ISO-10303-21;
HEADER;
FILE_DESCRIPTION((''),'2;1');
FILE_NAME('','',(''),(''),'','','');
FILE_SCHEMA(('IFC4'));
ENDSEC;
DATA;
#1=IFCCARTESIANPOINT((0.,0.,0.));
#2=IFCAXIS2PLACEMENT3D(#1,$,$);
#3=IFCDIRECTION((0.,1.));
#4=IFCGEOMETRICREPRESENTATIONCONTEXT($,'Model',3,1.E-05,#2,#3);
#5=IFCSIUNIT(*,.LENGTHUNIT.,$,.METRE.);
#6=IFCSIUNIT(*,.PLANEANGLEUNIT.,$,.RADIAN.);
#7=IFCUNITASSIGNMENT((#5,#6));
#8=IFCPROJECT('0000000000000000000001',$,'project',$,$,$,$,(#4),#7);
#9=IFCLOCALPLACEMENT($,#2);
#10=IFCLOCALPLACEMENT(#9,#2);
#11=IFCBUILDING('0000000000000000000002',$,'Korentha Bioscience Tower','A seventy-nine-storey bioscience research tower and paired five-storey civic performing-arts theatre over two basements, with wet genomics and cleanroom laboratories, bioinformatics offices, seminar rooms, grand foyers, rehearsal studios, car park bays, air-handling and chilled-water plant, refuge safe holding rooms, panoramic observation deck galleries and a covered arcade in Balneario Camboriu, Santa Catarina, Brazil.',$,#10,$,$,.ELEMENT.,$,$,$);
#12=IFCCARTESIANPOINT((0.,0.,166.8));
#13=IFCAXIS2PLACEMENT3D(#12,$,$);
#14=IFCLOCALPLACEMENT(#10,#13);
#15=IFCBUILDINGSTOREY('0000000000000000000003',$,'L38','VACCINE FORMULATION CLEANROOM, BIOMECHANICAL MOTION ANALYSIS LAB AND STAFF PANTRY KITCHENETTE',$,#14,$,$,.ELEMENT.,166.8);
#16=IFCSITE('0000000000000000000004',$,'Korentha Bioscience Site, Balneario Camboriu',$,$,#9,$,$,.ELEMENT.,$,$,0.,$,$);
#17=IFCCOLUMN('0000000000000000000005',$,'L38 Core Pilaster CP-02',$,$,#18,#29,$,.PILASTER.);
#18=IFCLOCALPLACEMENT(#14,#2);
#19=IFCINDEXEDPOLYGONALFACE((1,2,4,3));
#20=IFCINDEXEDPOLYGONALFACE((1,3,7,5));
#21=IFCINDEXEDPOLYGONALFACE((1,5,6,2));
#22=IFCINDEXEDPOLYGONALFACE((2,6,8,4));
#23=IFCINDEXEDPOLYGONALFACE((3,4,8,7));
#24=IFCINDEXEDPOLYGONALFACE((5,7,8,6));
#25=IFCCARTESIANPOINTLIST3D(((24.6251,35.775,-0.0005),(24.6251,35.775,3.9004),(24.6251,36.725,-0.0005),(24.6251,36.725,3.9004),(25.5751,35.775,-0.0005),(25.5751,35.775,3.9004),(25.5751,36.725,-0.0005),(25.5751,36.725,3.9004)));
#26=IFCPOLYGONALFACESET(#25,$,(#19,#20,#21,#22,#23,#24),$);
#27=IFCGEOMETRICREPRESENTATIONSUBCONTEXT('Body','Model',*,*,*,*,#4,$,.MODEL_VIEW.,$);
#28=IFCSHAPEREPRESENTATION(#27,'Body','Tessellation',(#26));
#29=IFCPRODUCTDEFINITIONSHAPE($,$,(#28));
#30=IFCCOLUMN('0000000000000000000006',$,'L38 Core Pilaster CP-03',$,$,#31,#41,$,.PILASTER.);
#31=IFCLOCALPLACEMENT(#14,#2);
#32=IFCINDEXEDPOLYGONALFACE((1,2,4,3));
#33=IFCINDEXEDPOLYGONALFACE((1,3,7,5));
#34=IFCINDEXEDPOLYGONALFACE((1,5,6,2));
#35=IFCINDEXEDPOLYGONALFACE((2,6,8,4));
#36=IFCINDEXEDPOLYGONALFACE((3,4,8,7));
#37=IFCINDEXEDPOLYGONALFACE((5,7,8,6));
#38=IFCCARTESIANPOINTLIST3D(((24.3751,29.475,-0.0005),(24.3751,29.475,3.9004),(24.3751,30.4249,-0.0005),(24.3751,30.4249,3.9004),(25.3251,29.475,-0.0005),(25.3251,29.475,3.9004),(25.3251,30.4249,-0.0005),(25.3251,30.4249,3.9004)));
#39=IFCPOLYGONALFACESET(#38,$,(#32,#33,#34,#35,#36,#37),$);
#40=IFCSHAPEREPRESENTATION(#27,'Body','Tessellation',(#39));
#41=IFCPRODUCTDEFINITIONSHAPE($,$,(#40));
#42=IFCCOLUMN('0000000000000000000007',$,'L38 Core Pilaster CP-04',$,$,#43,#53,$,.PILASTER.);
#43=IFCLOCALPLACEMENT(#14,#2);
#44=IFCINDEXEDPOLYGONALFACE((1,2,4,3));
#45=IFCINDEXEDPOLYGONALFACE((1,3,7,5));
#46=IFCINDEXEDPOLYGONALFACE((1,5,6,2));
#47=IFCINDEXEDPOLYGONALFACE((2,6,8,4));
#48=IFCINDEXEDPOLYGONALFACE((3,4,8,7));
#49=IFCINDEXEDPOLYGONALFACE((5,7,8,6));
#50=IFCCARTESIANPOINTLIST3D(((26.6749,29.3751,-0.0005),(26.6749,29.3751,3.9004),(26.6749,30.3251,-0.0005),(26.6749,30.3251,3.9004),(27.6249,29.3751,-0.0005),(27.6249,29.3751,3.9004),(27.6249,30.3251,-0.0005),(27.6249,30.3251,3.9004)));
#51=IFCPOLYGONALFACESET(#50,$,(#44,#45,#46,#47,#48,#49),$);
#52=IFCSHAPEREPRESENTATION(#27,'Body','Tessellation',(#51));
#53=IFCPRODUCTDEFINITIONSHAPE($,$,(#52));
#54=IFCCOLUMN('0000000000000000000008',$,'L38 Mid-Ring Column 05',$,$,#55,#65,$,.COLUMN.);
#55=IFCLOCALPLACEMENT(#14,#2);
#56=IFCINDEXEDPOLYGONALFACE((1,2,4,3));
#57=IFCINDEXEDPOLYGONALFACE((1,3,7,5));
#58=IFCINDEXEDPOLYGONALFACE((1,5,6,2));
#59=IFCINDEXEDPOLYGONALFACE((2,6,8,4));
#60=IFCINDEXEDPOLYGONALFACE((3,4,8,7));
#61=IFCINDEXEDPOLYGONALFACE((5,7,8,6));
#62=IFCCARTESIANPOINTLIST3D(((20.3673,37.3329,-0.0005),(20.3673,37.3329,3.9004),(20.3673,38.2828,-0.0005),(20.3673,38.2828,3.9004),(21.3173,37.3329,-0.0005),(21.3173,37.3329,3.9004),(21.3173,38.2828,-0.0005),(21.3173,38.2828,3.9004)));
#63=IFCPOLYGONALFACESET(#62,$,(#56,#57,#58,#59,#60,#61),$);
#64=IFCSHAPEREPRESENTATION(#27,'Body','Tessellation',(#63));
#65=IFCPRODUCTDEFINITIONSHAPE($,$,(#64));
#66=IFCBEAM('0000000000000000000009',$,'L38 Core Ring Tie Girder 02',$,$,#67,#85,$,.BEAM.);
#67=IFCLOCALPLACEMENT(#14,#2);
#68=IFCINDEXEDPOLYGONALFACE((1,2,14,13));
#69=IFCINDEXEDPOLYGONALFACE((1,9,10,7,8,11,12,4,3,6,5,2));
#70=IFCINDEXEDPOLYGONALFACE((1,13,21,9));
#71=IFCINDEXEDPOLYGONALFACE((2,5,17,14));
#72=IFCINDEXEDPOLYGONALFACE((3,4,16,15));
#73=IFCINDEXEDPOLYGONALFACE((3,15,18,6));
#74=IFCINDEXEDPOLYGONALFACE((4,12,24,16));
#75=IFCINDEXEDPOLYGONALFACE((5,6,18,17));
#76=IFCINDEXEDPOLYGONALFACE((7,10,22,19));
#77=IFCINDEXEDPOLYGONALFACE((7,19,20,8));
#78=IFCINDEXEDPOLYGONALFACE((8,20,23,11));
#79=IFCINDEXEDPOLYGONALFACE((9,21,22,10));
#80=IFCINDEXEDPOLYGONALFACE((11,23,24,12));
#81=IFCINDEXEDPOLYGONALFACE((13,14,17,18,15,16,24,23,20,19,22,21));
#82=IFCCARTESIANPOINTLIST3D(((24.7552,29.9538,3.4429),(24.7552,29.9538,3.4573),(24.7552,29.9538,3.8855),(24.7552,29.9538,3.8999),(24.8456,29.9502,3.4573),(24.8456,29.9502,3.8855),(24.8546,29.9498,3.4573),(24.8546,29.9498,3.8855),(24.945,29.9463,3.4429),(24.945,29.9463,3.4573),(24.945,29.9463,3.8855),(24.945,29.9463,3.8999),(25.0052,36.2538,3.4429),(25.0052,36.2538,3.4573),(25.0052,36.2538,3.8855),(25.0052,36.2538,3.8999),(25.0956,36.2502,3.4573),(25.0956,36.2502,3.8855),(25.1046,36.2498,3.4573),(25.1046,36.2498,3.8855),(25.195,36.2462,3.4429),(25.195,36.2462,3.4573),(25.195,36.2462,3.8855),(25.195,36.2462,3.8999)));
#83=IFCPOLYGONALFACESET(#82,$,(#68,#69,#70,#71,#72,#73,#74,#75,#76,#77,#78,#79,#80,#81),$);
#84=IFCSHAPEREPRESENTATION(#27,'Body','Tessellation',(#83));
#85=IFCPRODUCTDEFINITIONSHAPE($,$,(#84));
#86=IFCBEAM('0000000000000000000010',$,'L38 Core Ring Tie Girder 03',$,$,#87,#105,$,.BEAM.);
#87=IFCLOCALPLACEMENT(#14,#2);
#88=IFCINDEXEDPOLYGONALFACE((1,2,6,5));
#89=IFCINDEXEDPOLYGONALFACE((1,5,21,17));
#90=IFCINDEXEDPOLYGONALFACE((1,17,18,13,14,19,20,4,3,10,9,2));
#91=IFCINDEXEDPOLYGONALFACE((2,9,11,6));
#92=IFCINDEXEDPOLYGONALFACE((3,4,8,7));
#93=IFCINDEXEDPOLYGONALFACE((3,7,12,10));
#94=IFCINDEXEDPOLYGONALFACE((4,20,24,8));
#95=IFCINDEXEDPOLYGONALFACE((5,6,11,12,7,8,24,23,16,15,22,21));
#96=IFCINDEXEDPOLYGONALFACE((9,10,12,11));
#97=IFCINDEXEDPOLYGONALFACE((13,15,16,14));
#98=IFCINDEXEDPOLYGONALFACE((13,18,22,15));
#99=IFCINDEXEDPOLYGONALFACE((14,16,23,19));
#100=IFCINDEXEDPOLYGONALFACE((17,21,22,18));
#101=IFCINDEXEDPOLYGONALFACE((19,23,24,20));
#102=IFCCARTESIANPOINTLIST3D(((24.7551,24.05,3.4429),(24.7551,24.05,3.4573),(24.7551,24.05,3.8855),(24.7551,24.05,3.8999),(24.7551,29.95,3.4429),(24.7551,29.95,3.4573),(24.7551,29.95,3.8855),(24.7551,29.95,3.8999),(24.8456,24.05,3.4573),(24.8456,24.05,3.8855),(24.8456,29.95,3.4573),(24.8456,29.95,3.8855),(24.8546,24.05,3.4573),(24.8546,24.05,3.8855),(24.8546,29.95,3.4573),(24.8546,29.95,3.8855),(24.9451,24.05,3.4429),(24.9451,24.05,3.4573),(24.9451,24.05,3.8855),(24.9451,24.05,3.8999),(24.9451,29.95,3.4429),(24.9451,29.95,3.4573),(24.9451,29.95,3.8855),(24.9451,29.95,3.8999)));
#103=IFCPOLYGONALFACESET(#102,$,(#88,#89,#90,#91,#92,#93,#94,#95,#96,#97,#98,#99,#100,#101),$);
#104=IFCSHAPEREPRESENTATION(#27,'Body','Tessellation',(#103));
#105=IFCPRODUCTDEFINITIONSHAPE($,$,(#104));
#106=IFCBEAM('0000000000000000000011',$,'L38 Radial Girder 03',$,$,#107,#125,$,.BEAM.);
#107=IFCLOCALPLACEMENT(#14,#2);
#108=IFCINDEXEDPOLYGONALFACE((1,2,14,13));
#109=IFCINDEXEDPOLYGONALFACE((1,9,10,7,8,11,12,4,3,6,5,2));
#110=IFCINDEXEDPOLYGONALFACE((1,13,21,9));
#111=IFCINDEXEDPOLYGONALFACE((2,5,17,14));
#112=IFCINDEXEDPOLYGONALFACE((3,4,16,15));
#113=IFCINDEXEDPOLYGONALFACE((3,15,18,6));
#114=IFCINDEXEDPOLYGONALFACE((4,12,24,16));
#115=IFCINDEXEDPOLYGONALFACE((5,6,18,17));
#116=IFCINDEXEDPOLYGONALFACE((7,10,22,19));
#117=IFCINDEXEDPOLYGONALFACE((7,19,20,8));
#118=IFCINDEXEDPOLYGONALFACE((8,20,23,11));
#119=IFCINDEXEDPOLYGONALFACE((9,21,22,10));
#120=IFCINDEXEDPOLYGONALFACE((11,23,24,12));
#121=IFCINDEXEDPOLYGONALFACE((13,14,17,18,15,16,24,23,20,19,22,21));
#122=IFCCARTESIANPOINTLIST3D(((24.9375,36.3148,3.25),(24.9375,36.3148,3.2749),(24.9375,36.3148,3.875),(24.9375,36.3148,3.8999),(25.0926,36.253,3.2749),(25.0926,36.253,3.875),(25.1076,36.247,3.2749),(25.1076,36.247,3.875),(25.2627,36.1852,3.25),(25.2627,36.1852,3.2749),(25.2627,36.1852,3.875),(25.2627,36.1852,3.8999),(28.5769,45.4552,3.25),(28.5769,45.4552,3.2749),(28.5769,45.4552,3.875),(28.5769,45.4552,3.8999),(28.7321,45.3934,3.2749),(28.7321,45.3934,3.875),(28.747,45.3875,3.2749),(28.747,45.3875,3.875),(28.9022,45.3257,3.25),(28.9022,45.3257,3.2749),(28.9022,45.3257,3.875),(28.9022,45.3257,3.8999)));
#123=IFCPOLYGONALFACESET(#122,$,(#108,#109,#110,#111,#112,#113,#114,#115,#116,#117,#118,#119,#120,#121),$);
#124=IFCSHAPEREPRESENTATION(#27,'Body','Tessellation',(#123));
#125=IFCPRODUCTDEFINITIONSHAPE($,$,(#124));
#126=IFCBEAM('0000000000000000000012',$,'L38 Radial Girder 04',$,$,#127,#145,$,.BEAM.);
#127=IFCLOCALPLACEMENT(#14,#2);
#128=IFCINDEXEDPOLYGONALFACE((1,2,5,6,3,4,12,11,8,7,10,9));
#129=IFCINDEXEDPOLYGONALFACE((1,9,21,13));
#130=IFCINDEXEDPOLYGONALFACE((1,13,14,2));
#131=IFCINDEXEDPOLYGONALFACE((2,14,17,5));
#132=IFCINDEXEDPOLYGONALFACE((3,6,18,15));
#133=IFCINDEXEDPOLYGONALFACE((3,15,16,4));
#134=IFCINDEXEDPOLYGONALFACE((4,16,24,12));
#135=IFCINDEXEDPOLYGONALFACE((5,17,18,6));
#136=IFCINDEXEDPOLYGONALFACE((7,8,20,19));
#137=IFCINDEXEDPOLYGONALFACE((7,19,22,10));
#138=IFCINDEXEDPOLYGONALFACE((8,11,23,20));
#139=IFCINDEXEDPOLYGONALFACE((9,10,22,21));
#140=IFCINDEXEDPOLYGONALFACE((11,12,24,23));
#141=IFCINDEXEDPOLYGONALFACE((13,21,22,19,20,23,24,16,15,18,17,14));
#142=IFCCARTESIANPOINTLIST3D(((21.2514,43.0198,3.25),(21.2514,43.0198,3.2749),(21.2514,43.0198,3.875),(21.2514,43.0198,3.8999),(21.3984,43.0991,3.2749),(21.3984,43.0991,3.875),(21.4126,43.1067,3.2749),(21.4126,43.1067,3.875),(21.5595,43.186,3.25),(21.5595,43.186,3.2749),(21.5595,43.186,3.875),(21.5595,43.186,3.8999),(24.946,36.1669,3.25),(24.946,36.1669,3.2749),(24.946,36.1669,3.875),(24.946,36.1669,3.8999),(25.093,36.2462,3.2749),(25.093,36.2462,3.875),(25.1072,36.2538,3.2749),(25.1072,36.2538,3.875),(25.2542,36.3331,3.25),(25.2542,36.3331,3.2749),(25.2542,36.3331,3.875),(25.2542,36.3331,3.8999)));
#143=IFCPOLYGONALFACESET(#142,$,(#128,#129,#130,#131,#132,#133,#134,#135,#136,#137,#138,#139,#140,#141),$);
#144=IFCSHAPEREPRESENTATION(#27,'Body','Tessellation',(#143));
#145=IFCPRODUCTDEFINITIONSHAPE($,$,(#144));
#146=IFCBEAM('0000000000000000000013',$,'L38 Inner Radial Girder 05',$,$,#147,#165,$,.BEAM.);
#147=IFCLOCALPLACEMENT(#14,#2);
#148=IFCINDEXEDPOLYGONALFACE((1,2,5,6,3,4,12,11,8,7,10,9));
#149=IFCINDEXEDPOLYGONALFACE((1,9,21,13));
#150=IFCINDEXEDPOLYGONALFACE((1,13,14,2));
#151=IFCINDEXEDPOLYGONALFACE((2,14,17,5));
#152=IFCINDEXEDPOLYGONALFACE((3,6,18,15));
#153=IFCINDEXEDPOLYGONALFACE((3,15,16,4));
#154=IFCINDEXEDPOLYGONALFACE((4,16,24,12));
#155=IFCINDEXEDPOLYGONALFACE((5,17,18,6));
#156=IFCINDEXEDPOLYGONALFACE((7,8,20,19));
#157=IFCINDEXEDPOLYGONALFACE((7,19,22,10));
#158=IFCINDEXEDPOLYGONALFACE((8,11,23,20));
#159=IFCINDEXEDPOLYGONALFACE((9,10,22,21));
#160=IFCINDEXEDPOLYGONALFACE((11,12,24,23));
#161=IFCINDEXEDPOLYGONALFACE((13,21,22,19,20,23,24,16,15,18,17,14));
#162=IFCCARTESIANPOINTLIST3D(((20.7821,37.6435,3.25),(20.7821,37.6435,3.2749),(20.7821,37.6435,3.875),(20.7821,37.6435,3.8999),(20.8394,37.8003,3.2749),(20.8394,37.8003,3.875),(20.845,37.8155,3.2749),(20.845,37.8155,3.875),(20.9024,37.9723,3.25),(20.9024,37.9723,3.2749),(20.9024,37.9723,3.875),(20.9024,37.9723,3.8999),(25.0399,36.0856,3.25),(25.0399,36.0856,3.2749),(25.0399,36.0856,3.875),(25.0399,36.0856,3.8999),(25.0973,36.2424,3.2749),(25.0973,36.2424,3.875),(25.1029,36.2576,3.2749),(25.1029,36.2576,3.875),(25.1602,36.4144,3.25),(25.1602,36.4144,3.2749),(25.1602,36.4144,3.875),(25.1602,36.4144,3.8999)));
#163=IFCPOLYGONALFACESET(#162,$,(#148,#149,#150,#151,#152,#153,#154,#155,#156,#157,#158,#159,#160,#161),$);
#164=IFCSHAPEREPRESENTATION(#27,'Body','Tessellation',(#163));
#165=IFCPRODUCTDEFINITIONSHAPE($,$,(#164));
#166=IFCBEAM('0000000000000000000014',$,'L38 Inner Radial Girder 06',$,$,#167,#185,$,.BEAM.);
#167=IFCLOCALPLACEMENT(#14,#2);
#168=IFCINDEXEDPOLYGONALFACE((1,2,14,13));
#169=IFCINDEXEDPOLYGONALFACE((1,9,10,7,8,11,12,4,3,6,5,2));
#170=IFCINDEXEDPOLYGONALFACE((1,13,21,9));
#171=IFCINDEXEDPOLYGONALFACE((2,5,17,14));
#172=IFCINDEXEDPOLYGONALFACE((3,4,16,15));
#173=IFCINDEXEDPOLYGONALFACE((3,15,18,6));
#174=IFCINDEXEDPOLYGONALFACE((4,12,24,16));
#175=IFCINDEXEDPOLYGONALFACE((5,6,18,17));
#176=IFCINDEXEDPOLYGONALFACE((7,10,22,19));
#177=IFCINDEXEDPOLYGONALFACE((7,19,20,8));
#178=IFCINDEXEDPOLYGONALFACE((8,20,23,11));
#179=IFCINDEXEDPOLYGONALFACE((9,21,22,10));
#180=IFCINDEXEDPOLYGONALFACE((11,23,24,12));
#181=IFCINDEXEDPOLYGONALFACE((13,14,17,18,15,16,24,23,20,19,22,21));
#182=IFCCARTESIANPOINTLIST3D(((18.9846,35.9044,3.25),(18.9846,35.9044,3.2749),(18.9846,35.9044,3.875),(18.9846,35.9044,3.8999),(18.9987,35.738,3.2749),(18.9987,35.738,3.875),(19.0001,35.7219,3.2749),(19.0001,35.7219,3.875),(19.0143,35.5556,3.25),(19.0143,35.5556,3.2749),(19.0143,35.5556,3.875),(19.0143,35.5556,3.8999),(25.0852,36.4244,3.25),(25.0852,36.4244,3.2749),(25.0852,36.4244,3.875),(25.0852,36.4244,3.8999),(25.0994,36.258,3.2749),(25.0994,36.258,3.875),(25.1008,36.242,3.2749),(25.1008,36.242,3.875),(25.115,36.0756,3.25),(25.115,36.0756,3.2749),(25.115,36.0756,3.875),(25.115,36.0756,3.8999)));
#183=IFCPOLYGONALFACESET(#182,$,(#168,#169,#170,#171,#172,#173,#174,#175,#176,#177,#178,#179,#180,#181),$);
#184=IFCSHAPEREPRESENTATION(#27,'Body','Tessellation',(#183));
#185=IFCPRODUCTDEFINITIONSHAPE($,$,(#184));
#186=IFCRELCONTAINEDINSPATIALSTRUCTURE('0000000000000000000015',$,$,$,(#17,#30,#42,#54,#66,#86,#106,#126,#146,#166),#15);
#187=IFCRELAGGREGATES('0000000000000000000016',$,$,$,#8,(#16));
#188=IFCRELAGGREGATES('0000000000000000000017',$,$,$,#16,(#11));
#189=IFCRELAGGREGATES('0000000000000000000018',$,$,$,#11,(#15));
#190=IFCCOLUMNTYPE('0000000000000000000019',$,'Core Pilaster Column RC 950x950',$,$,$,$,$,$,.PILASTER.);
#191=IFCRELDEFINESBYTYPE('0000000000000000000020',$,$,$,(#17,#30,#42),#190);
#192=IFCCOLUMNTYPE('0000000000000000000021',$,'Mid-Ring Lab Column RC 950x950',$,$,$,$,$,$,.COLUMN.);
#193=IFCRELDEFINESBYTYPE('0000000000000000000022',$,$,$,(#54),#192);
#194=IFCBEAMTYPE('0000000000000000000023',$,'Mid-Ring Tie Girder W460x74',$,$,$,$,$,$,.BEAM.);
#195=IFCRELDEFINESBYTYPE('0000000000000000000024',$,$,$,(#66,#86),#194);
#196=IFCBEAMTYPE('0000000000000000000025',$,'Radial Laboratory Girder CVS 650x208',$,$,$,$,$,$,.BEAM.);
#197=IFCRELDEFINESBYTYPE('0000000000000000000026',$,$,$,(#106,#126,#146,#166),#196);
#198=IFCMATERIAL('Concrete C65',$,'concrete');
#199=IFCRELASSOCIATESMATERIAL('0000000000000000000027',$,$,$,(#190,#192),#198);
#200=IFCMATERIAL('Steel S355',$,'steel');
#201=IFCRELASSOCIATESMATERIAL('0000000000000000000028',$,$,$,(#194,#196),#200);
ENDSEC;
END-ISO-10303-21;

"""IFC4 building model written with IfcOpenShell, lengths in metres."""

from ifc_helpers import new_model, si_unit, direction, frame, origin, origin_2d, place, context, subcontext, project, spatial, rectangle, i_section, extrude, material, material_profile, profile_set, type_object, element, save


model = new_model("IFC4")

# Units and contexts
model_context = context("Model", 3, precision=1e-05, world=origin(), true_north=direction((0.0, 1.0)))
body_context = subcontext(model_context, "Body", "Model", "MODEL_VIEW")
ifc_project = project(units=[si_unit("LENGTHUNIT", "METRE"), si_unit("PLANEANGLEUNIT", "RADIAN")], contexts=[model_context])

# Site, building, storey
site_placement = place(None, origin())
site = spatial("IfcSite", under=ifc_project, at=site_placement, Name="Korentha Bioscience Site, Balneario Camboriu", CompositionType="ELEMENT", RefElevation=0.0)
building_placement = place(site_placement, origin())
building = spatial("IfcBuilding", under=site, at=building_placement, Name="Korentha Bioscience Tower", Description="A seventy-nine-storey bioscience research tower and paired five-storey civic performing-arts theatre over two basements, with wet genomics and cleanroom laboratories, bioinformatics offices, seminar rooms, grand foyers, rehearsal studios, car park bays, air-handling and chilled-water plant, refuge safe holding rooms, panoramic observation deck galleries and a covered arcade in Balneario Camboriu, Santa Catarina, Brazil.", CompositionType="ELEMENT")
storey_placement = place(building_placement, frame((0.0, 0.0, 166.8)))
storey = spatial("IfcBuildingStorey", under=building, at=storey_placement, Name="L38", Description="VACCINE FORMULATION CLEANROOM, BIOMECHANICAL MOTION ANALYSIS LAB AND STAFF PANTRY KITCHENETTE", CompositionType="ELEMENT", Elevation=166.8)

# Columns
ifc_material_1 = material(Name="Concrete C65", Category="concrete")
ifc_material_profile_1 = material_profile(ifc_material_1, rectangle(XDim=0.95, YDim=0.95, at=origin_2d()), Name="Concrete C65")
ifc_profile_set_1 = profile_set([ifc_material_profile_1], Name="Concrete C65 (COL-CP09)")
column_type_1 = type_object("IfcColumnType", Name="Core Pilaster Column RC 950x950", PredefinedType="PILASTER", material=ifc_profile_set_1)
for number, where, z_axis, x_axis, name in (
    (1, (25.1001, 36.25, -0.0005), (0.0, 0.0, 1.0), (1.0, 0.0, 0.0), "L38 Core Pilaster CP-02"),
    (2, (24.8501, 29.95, -0.0005), (0.0, 0.0, 1.0), (1.0, 0.0, 0.0), "L38 Core Pilaster CP-03"),
    (3, (27.1499, 29.8501, -0.0005), (0.0, 0.0, 1.0), (1.0, 0.0, 0.0), "L38 Core Pilaster CP-04"),
):
    element("IfcColumn", number, at=place(storey_placement, frame(where, z_axis=z_axis, x_axis=x_axis)), inside=storey, type_object=column_type_1, Name=name, PredefinedType="PILASTER", context=body_context, shape_type="SweptSolid", body=[
        extrude(rectangle(XDim=0.95, YDim=0.95, at=origin_2d()), origin(), (0.0, 0.0, 1.0), 3.9009),
    ])
ifc_material_profile_2 = material_profile(ifc_material_1, rectangle(XDim=0.95, YDim=0.95, at=origin_2d()), Name="Concrete C65")
ifc_profile_set_2 = profile_set([ifc_material_profile_2], Name="Concrete C65 (COL-MR09)")
column_type_2 = type_object("IfcColumnType", Name="Mid-Ring Lab Column RC 950x950", PredefinedType="COLUMN", material=ifc_profile_set_2)
column_placement = place(storey_placement, frame((20.8423, 37.8079, -0.0005), z_axis=(0.0, 0.0, 1.0), x_axis=(1.0, 0.0, 0.0)))
element("IfcColumn", 4, at=column_placement, inside=storey, type_object=column_type_2, Name="L38 Mid-Ring Column 05", PredefinedType="COLUMN", context=body_context, shape_type="SweptSolid", body=[
    extrude(rectangle(XDim=0.95, YDim=0.95, at=origin_2d()), origin(), (0.0, 0.0, 1.0), 3.9009),
])

# Beams
ifc_material_2 = material(Name="Steel S355", Category="steel")
ifc_material_profile_3 = material_profile(ifc_material_2, i_section(OverallWidth=0.1899, OverallDepth=0.457, WebThickness=0.009, FlangeThickness=0.0144, at=origin_2d()), Name="Steel S355")
ifc_profile_set_3 = profile_set([ifc_material_profile_3], Name="Steel S355 (MB-460)")
beam_type_1 = type_object("IfcBeamType", Name="Mid-Ring Tie Girder W460x74", PredefinedType="BEAM", material=ifc_profile_set_3)
beam_1_placement = place(storey_placement, frame((25.1001, 36.25, 3.6714), z_axis=(-0.039651, -0.999214, 0.0), x_axis=(0.999214, -0.039651, 0.0)))
element("IfcBeam", 5, at=beam_1_placement, inside=storey, type_object=beam_type_1, Name="L38 Core Ring Tie Girder 02", PredefinedType="BEAM", context=body_context, shape_type="SweptSolid", body=[
    extrude(i_section(OverallWidth=0.1899, OverallDepth=0.457, WebThickness=0.009, FlangeThickness=0.0144, at=origin_2d()), origin(), (0.0, 0.0, 1.0), 6.3049),
])
beam_2_placement = place(storey_placement, frame((24.8501, 29.95, 3.6714), z_axis=(0.0, -1.0, 0.0), x_axis=(1.0, 0.0, 0.0)))
element("IfcBeam", 6, at=beam_2_placement, inside=storey, type_object=beam_type_1, Name="L38 Core Ring Tie Girder 03", PredefinedType="BEAM", context=body_context, shape_type="SweptSolid", body=[
    extrude(i_section(OverallWidth=0.1899, OverallDepth=0.457, WebThickness=0.009, FlangeThickness=0.0144, at=origin_2d()), origin(), (0.0, 0.0, 1.0), 5.8999),
])
ifc_material_profile_4 = material_profile(ifc_material_2, i_section(OverallWidth=0.3501, OverallDepth=0.6499, WebThickness=0.0161, FlangeThickness=0.0249, at=origin_2d()), Name="Steel S355")
ifc_profile_set_4 = profile_set([ifc_material_profile_4], Name="Steel S355 (RB-650)")
beam_type_2 = type_object("IfcBeamType", Name="Radial Laboratory Girder CVS 650x208", PredefinedType="BEAM", material=ifc_profile_set_4)
beam_3_placement = place(storey_placement, frame((25.1001, 36.25, 3.575), z_axis=(0.369923, 0.929063, 0.0), x_axis=(-0.929063, 0.369923, 0.0)))
element("IfcBeam", 7, at=beam_3_placement, inside=storey, type_object=beam_type_2, Name="L38 Radial Girder 03", PredefinedType="BEAM", context=body_context, shape_type="SweptSolid", body=[
    extrude(i_section(OverallWidth=0.3501, OverallDepth=0.6499, WebThickness=0.0161, FlangeThickness=0.0249, at=origin_2d()), origin(), (0.0, 0.0, 1.0), 9.8384),
])
beam_4_placement = place(storey_placement, frame((25.1001, 36.25, 3.575), z_axis=(-0.47456, 0.880223, 0.0), x_axis=(-0.880223, -0.47456, 0.0)))
element("IfcBeam", 8, at=beam_4_placement, inside=storey, type_object=beam_type_2, Name="L38 Radial Girder 04", PredefinedType="BEAM", context=body_context, shape_type="SweptSolid", body=[
    extrude(i_section(OverallWidth=0.3501, OverallDepth=0.6499, WebThickness=0.0161, FlangeThickness=0.0249, at=origin_2d()), origin(), (0.0, 0.0, 1.0), 7.7854),
])
beam_5_placement = place(storey_placement, frame((25.1001, 36.25, 3.575), z_axis=(-0.939114, 0.343606, 0.0), x_axis=(-0.343606, -0.939114, 0.0)))
element("IfcBeam", 9, at=beam_5_placement, inside=storey, type_object=beam_type_2, Name="L38 Inner Radial Girder 05", PredefinedType="BEAM", context=body_context, shape_type="SweptSolid", body=[
    extrude(i_section(OverallWidth=0.3501, OverallDepth=0.6499, WebThickness=0.0161, FlangeThickness=0.0249, at=origin_2d()), origin(), (0.0, 0.0, 1.0), 4.5339),
])
beam_6_placement = place(storey_placement, frame((25.1001, 36.25, 3.575), z_axis=(-0.996387, -0.084933, 0.0), x_axis=(0.084933, -0.996387, 0.0)))
element("IfcBeam", 10, at=beam_6_placement, inside=storey, type_object=beam_type_2, Name="L38 Inner Radial Girder 06", PredefinedType="BEAM", context=body_context, shape_type="SweptSolid", body=[
    extrude(i_section(OverallWidth=0.3501, OverallDepth=0.6499, WebThickness=0.0161, FlangeThickness=0.0249, at=origin_2d()), origin(), (0.0, 0.0, 1.0), 6.1228),
])

save(model, "model.ifc")
